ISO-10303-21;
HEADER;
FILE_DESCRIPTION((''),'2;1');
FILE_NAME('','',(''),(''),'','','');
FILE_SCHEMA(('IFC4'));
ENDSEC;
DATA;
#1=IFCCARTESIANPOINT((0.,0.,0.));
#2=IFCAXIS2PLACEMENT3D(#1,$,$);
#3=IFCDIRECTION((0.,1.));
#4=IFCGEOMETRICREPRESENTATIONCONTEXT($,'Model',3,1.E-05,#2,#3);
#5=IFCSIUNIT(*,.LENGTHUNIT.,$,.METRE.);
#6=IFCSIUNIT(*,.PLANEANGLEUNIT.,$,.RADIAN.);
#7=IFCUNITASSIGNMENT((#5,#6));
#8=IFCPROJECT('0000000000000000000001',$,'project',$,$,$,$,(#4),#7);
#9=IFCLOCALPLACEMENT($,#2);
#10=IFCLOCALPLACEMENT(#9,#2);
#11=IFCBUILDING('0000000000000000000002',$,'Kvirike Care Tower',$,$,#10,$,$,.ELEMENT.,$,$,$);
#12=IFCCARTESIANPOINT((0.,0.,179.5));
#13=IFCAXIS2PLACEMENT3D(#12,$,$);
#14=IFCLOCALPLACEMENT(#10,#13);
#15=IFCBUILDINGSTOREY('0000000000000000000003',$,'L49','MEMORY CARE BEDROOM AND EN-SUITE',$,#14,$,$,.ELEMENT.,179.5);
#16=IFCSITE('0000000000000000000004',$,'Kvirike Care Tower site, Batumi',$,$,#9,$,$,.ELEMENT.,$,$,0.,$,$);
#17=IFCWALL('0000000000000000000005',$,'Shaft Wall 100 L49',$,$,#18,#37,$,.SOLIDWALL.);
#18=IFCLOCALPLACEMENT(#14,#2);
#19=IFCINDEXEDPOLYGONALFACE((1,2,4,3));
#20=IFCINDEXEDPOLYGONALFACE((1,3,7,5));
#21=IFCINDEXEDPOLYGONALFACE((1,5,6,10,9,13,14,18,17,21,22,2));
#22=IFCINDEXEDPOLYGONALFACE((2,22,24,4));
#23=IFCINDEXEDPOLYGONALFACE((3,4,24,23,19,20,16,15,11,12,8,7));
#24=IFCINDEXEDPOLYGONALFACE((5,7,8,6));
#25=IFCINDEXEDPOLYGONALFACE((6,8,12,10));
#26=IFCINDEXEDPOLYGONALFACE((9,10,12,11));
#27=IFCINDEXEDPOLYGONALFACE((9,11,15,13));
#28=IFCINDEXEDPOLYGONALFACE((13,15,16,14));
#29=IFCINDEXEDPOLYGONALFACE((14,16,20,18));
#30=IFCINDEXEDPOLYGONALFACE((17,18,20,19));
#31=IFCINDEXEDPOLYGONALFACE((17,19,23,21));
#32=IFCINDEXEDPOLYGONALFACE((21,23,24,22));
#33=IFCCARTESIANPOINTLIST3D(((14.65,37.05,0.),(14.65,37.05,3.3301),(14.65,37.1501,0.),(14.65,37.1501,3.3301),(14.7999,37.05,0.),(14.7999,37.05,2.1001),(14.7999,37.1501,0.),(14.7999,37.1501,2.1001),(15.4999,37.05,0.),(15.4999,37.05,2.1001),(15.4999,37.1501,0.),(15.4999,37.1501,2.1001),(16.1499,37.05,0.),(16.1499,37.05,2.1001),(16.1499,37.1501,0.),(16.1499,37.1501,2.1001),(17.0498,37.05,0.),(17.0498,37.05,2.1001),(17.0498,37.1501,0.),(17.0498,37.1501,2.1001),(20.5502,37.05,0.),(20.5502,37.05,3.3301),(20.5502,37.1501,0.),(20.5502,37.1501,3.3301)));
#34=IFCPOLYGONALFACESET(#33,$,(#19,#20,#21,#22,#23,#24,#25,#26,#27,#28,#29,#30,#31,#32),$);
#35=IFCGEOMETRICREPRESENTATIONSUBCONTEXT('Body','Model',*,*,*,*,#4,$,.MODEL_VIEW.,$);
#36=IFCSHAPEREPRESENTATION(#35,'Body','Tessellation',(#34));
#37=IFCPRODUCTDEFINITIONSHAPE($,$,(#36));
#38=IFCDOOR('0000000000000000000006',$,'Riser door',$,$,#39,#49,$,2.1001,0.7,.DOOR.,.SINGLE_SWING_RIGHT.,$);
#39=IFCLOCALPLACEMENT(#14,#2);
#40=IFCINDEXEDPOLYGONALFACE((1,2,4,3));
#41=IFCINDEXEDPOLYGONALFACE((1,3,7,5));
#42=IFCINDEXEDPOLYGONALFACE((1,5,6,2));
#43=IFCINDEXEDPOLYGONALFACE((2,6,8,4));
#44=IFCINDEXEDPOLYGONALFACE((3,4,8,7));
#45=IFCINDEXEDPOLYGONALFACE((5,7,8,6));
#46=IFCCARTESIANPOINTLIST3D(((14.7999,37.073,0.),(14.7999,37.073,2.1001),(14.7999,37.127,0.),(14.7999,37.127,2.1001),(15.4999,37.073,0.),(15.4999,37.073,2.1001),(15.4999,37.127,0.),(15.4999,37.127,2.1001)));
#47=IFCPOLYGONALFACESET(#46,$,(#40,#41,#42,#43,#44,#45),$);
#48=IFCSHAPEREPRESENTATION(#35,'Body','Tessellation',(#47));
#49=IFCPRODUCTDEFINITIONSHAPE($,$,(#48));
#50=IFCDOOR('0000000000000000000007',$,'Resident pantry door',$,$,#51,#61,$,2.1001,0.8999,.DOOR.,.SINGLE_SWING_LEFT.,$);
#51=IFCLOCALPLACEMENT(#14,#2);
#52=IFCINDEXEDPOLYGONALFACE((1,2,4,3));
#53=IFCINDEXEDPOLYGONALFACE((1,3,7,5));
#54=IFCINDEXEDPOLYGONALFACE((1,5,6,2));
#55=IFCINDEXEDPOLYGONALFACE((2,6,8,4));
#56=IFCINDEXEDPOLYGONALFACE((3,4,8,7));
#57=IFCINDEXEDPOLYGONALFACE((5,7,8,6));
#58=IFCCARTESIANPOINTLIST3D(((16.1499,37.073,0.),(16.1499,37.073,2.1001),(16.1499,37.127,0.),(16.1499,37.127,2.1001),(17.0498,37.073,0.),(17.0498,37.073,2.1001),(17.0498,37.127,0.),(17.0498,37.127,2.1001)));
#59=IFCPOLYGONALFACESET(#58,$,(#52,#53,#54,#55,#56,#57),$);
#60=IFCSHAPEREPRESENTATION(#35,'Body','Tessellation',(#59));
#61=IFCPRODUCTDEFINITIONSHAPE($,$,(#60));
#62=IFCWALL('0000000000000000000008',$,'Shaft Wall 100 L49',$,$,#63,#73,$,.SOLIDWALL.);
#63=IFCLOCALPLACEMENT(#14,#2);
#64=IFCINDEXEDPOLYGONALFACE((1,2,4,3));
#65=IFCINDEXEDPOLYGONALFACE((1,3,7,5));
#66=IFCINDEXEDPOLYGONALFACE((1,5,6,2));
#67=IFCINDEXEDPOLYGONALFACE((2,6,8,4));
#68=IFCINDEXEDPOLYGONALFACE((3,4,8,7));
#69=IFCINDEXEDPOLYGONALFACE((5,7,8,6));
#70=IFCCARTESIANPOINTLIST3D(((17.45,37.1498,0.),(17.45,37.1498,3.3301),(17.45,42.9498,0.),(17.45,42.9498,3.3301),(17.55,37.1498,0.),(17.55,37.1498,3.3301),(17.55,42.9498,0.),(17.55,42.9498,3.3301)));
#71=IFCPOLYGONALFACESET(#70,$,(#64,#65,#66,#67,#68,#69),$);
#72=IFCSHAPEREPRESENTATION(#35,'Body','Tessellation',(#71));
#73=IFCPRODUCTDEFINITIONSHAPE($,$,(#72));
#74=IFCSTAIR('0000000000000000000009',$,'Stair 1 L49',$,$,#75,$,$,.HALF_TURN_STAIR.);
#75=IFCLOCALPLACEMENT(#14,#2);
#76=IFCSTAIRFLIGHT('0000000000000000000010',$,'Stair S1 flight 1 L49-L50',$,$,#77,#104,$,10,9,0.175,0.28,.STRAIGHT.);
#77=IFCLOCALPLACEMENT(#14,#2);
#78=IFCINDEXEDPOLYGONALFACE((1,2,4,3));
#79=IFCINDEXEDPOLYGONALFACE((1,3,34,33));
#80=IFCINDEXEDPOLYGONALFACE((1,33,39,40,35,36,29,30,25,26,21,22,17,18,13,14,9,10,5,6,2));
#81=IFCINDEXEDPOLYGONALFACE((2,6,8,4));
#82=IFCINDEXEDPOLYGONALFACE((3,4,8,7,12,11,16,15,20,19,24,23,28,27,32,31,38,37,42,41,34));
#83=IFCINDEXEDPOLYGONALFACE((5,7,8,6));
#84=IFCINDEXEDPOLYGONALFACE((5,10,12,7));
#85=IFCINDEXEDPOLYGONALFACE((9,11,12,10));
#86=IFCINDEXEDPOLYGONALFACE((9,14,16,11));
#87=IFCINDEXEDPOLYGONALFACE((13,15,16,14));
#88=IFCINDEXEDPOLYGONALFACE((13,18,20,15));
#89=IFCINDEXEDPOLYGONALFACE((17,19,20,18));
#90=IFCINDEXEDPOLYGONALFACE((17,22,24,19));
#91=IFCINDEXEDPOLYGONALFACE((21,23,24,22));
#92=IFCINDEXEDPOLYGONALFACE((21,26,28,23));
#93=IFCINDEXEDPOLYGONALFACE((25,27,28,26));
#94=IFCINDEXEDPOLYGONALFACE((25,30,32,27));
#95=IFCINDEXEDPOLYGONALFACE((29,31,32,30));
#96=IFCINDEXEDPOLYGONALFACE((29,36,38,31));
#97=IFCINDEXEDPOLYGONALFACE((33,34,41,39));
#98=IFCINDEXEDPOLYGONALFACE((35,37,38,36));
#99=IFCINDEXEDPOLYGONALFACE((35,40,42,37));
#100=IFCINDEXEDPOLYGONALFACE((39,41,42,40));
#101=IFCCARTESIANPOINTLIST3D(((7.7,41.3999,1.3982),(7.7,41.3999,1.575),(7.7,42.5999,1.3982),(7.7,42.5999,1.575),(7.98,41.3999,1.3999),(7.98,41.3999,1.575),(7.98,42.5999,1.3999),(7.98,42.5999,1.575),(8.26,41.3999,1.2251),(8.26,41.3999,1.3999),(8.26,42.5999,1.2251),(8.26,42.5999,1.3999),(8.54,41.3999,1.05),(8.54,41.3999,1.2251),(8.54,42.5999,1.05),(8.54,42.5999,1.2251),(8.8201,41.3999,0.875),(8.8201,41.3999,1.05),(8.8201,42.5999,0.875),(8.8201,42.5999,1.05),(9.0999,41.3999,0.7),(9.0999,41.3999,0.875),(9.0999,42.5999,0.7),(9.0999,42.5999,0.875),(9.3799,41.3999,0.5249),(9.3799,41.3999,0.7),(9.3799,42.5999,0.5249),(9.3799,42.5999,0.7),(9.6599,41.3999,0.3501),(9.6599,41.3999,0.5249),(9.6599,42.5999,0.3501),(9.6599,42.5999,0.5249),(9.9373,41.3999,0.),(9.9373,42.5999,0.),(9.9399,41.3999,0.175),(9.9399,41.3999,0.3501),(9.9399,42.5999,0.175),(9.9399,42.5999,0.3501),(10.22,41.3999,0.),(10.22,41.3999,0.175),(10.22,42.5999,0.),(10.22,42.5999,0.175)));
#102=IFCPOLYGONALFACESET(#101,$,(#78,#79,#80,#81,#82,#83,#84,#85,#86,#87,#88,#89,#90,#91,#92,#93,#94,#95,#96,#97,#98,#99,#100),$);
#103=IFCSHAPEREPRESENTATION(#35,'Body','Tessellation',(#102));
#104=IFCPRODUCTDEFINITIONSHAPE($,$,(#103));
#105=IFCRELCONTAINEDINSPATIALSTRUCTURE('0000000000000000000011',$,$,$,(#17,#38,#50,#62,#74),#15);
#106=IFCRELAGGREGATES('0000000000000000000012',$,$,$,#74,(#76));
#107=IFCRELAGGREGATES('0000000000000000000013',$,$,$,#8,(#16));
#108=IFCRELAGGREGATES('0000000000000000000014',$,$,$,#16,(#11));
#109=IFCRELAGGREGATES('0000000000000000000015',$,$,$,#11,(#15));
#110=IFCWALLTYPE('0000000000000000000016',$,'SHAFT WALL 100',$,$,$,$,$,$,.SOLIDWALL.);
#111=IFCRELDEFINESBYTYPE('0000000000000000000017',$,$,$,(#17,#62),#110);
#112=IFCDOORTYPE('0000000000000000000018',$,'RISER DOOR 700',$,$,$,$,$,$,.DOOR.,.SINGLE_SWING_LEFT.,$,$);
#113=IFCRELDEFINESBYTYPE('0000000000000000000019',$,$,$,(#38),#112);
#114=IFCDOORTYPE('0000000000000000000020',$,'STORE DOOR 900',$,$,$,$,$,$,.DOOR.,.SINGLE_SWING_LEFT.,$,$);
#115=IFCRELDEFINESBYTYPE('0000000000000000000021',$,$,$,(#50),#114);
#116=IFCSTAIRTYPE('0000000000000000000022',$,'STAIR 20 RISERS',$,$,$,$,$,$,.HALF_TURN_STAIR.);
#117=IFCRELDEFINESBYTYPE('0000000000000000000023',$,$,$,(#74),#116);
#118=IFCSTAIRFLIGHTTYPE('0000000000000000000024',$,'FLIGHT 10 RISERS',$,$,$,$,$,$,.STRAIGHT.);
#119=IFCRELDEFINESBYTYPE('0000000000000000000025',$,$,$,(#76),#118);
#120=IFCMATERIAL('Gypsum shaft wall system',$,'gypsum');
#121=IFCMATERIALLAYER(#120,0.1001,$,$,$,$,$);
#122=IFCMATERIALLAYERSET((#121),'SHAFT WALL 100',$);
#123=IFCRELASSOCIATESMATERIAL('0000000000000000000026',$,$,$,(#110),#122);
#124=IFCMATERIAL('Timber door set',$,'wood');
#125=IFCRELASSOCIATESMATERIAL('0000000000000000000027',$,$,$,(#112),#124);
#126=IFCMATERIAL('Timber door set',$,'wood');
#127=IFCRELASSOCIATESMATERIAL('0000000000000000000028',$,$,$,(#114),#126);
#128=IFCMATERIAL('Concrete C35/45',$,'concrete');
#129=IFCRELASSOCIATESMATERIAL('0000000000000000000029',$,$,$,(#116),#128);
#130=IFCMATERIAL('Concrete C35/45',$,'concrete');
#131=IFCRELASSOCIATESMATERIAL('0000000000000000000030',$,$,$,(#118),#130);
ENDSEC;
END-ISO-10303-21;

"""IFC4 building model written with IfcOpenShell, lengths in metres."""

from ifc_helpers import new_model, si_unit, direction, frame, frame_2d, origin, place, context, subcontext, project, spatial, polyline, rectangle, outline, extrude, material, layer, layer_set, type_object, element, fill, aggregate, save


model = new_model("IFC4")

# Units and contexts
model_context = context("Model", 3, precision=1e-05, world=origin(), true_north=direction((0.0, 1.0)))
body_context = subcontext(model_context, "Body", "Model", "MODEL_VIEW")
ifc_project = project(units=[si_unit("LENGTHUNIT", "METRE"), si_unit("PLANEANGLEUNIT", "RADIAN")], contexts=[model_context])

# Site, building, storey
site_placement = place(None, origin())
site = spatial("IfcSite", under=ifc_project, at=site_placement, Name="Kvirike Care Tower site, Batumi", CompositionType="ELEMENT", RefElevation=0.0)
building_placement = place(site_placement, origin())
building = spatial("IfcBuilding", under=site, at=building_placement, Name="Kvirike Care Tower", CompositionType="ELEMENT")
storey_placement = place(building_placement, frame((0.0, 0.0, 179.5)))
storey = spatial("IfcBuildingStorey", under=building, at=storey_placement, Name="L49", Description="MEMORY CARE BEDROOM AND EN-SUITE", CompositionType="ELEMENT", Elevation=179.5)

# Shared definitions
ifc_material_1 = material(Name="Gypsum shaft wall system", Category="gypsum")
ifc_layer_1 = layer(ifc_material_1, 0.1001)
ifc_layer_set_1 = layer_set([ifc_layer_1], Name="SHAFT WALL 100")
wall_type_1 = type_object("IfcWallType", Name="SHAFT WALL 100", PredefinedType="SOLIDWALL", material=ifc_layer_set_1)

# Shared definitions
ifc_material_2 = material(Name="Timber door set", Category="wood")
door_type_1 = type_object("IfcDoorType", Name="RISER DOOR 700", OperationType="SINGLE_SWING_LEFT", PredefinedType="DOOR", material=ifc_material_2)

# Wall, openings, doors
wall_1_placement = place(storey_placement, frame((14.6499, 37.1001, 0.0), z_axis=(0.0, 0.0, 1.0), x_axis=(1.0, 0.0, 0.0)))
wall_1 = element("IfcWall", 1, at=wall_1_placement, inside=storey, type_object=wall_type_1, Name="Shaft Wall 100 L49", PredefinedType="SOLIDWALL", context=body_context, shape_type="SweptSolid", body=[
    extrude(rectangle(XDim=5.9001, YDim=0.1001, at=frame_2d((2.9502, 0.0))), origin(), (0.0, 0.0, 1.0), 3.3301),
])
opening_1_placement = place(wall_1_placement, frame((0.1499, 0.0, 0.0)))
opening_1 = element("IfcOpeningElement", 2, at=opening_1_placement, cuts=wall_1, PredefinedType="OPENING", context=body_context, shape_type="SweptSolid", body=[
    extrude(rectangle(XDim=0.7, YDim=2.1001, at=frame_2d((0.3501, 1.05))), frame((0.0, 0.0605, 0.0), z_axis=(0.0, -1.0, 0.0), x_axis=(1.0, 0.0, 0.0)), (0.0, 0.0, 1.0), 0.1211),
])
opening_2_placement = place(wall_1_placement, frame((1.5, 0.0, 0.0)))
opening_2 = element("IfcOpeningElement", 3, at=opening_2_placement, cuts=wall_1, PredefinedType="OPENING", context=body_context, shape_type="SweptSolid", body=[
    extrude(rectangle(XDim=0.8999, YDim=2.1001, at=frame_2d((0.45, 1.05))), frame((0.0, 0.0605, 0.0), z_axis=(0.0, -1.0, 0.0), x_axis=(1.0, 0.0, 0.0)), (0.0, 0.0, 1.0), 0.1211),
])
door_1_placement = place(opening_1_placement, origin())
door_1 = element("IfcDoor", 4, at=door_1_placement, inside=storey, type_object=door_type_1, Name="Riser door", OperationType="SINGLE_SWING_RIGHT", OverallHeight=2.1001, OverallWidth=0.7, PredefinedType="DOOR", context=body_context, shape_type="SweptSolid", body=[
    extrude(rectangle(XDim=0.7, YDim=2.1001, at=frame_2d((0.3501, 1.05))), frame((0.0, 0.0269, 0.0), z_axis=(0.0, -1.0, 0.0), x_axis=(1.0, 0.0, 0.0)), (0.0, 0.0, 1.0), 0.054),
])
fill(opening_1, door_1)
ifc_material_3 = material(Name="Timber door set", Category="wood")
door_type_2 = type_object("IfcDoorType", Name="STORE DOOR 900", OperationType="SINGLE_SWING_LEFT", PredefinedType="DOOR", material=ifc_material_3)
door_2_placement = place(opening_2_placement, origin())
door_2 = element("IfcDoor", 5, at=door_2_placement, inside=storey, type_object=door_type_2, Name="Resident pantry door", OperationType="SINGLE_SWING_LEFT", OverallHeight=2.1001, OverallWidth=0.8999, PredefinedType="DOOR", context=body_context, shape_type="SweptSolid", body=[
    extrude(rectangle(XDim=0.8999, YDim=2.1001, at=frame_2d((0.45, 1.05))), frame((0.0, 0.0269, 0.0), z_axis=(0.0, -1.0, 0.0), x_axis=(1.0, 0.0, 0.0)), (0.0, 0.0, 1.0), 0.054),
])
fill(opening_2, door_2)

# Wall
wall_2_placement = place(storey_placement, frame((17.5, 37.1499, 0.0), z_axis=(0.0, 0.0, 1.0), x_axis=(0.0, 1.0, 0.0)))
element("IfcWall", 6, at=wall_2_placement, inside=storey, type_object=wall_type_1, Name="Shaft Wall 100 L49", PredefinedType="SOLIDWALL", context=body_context, shape_type="SweptSolid", body=[
    extrude(rectangle(XDim=5.8, YDim=0.1001, at=frame_2d((2.8999, 0.0))), origin(), (0.0, 0.0, 1.0), 3.3301),
])

# Stair, stair flight
ifc_material_4 = material(Name="Concrete C35/45", Category="concrete")
stair_type = type_object("IfcStairType", Name="STAIR 20 RISERS", PredefinedType="HALF_TURN_STAIR", material=ifc_material_4)
stair_placement = place(storey_placement, origin())
stair = element("IfcStair", 7, at=stair_placement, inside=storey, type_object=stair_type, Name="Stair 1 L49", PredefinedType="HALF_TURN_STAIR")
ifc_material_5 = material(Name="Concrete C35/45", Category="concrete")
stair_flight_type = type_object("IfcStairFlightType", Name="FLIGHT 10 RISERS", PredefinedType="STRAIGHT", material=ifc_material_5)
stair_flight_placement = place(storey_placement, frame((10.22, 42.0, 0.0), z_axis=(0.0, 0.0, 1.0), x_axis=(-1.0, 0.0, 0.0)))
stair_flight = element("IfcStairFlight", 8, at=stair_flight_placement, type_object=stair_flight_type, Name="Stair S1 flight 1 L49-L50", NumberOfRisers=10, NumberOfTreads=9, PredefinedType="STRAIGHT", RiserHeight=0.175, TreadLength=0.28, context=body_context, shape_type="SweptSolid", body=[
    extrude(outline(polyline([(0.0, 0.0), (0.0, 0.175), (0.28, 0.175), (0.28, 0.3501), (0.5601, 0.3501), (0.5601, 0.5249), (0.8401, 0.5249), (0.8401, 0.7), (1.1201, 0.7), (1.1201, 0.875), (1.3999, 0.875), (1.3999, 1.05), (1.6799, 1.05), (1.6799, 1.2251), (1.96, 1.2251), (1.96, 1.3999), (2.24, 1.3999), (2.24, 1.575), (2.52, 1.575), (2.52, 1.75), (2.52, 1.3982), (0.2827, 0.0), (0.0, 0.0)])), frame((0.0, 0.6001, 0.0), z_axis=(0.0, -1.0, 0.0), x_axis=(1.0, 0.0, 0.0)), (0.0, 0.0, 1.0), 1.2),
])
aggregate(stair, [stair_flight])

save(model, "model.ifc")
